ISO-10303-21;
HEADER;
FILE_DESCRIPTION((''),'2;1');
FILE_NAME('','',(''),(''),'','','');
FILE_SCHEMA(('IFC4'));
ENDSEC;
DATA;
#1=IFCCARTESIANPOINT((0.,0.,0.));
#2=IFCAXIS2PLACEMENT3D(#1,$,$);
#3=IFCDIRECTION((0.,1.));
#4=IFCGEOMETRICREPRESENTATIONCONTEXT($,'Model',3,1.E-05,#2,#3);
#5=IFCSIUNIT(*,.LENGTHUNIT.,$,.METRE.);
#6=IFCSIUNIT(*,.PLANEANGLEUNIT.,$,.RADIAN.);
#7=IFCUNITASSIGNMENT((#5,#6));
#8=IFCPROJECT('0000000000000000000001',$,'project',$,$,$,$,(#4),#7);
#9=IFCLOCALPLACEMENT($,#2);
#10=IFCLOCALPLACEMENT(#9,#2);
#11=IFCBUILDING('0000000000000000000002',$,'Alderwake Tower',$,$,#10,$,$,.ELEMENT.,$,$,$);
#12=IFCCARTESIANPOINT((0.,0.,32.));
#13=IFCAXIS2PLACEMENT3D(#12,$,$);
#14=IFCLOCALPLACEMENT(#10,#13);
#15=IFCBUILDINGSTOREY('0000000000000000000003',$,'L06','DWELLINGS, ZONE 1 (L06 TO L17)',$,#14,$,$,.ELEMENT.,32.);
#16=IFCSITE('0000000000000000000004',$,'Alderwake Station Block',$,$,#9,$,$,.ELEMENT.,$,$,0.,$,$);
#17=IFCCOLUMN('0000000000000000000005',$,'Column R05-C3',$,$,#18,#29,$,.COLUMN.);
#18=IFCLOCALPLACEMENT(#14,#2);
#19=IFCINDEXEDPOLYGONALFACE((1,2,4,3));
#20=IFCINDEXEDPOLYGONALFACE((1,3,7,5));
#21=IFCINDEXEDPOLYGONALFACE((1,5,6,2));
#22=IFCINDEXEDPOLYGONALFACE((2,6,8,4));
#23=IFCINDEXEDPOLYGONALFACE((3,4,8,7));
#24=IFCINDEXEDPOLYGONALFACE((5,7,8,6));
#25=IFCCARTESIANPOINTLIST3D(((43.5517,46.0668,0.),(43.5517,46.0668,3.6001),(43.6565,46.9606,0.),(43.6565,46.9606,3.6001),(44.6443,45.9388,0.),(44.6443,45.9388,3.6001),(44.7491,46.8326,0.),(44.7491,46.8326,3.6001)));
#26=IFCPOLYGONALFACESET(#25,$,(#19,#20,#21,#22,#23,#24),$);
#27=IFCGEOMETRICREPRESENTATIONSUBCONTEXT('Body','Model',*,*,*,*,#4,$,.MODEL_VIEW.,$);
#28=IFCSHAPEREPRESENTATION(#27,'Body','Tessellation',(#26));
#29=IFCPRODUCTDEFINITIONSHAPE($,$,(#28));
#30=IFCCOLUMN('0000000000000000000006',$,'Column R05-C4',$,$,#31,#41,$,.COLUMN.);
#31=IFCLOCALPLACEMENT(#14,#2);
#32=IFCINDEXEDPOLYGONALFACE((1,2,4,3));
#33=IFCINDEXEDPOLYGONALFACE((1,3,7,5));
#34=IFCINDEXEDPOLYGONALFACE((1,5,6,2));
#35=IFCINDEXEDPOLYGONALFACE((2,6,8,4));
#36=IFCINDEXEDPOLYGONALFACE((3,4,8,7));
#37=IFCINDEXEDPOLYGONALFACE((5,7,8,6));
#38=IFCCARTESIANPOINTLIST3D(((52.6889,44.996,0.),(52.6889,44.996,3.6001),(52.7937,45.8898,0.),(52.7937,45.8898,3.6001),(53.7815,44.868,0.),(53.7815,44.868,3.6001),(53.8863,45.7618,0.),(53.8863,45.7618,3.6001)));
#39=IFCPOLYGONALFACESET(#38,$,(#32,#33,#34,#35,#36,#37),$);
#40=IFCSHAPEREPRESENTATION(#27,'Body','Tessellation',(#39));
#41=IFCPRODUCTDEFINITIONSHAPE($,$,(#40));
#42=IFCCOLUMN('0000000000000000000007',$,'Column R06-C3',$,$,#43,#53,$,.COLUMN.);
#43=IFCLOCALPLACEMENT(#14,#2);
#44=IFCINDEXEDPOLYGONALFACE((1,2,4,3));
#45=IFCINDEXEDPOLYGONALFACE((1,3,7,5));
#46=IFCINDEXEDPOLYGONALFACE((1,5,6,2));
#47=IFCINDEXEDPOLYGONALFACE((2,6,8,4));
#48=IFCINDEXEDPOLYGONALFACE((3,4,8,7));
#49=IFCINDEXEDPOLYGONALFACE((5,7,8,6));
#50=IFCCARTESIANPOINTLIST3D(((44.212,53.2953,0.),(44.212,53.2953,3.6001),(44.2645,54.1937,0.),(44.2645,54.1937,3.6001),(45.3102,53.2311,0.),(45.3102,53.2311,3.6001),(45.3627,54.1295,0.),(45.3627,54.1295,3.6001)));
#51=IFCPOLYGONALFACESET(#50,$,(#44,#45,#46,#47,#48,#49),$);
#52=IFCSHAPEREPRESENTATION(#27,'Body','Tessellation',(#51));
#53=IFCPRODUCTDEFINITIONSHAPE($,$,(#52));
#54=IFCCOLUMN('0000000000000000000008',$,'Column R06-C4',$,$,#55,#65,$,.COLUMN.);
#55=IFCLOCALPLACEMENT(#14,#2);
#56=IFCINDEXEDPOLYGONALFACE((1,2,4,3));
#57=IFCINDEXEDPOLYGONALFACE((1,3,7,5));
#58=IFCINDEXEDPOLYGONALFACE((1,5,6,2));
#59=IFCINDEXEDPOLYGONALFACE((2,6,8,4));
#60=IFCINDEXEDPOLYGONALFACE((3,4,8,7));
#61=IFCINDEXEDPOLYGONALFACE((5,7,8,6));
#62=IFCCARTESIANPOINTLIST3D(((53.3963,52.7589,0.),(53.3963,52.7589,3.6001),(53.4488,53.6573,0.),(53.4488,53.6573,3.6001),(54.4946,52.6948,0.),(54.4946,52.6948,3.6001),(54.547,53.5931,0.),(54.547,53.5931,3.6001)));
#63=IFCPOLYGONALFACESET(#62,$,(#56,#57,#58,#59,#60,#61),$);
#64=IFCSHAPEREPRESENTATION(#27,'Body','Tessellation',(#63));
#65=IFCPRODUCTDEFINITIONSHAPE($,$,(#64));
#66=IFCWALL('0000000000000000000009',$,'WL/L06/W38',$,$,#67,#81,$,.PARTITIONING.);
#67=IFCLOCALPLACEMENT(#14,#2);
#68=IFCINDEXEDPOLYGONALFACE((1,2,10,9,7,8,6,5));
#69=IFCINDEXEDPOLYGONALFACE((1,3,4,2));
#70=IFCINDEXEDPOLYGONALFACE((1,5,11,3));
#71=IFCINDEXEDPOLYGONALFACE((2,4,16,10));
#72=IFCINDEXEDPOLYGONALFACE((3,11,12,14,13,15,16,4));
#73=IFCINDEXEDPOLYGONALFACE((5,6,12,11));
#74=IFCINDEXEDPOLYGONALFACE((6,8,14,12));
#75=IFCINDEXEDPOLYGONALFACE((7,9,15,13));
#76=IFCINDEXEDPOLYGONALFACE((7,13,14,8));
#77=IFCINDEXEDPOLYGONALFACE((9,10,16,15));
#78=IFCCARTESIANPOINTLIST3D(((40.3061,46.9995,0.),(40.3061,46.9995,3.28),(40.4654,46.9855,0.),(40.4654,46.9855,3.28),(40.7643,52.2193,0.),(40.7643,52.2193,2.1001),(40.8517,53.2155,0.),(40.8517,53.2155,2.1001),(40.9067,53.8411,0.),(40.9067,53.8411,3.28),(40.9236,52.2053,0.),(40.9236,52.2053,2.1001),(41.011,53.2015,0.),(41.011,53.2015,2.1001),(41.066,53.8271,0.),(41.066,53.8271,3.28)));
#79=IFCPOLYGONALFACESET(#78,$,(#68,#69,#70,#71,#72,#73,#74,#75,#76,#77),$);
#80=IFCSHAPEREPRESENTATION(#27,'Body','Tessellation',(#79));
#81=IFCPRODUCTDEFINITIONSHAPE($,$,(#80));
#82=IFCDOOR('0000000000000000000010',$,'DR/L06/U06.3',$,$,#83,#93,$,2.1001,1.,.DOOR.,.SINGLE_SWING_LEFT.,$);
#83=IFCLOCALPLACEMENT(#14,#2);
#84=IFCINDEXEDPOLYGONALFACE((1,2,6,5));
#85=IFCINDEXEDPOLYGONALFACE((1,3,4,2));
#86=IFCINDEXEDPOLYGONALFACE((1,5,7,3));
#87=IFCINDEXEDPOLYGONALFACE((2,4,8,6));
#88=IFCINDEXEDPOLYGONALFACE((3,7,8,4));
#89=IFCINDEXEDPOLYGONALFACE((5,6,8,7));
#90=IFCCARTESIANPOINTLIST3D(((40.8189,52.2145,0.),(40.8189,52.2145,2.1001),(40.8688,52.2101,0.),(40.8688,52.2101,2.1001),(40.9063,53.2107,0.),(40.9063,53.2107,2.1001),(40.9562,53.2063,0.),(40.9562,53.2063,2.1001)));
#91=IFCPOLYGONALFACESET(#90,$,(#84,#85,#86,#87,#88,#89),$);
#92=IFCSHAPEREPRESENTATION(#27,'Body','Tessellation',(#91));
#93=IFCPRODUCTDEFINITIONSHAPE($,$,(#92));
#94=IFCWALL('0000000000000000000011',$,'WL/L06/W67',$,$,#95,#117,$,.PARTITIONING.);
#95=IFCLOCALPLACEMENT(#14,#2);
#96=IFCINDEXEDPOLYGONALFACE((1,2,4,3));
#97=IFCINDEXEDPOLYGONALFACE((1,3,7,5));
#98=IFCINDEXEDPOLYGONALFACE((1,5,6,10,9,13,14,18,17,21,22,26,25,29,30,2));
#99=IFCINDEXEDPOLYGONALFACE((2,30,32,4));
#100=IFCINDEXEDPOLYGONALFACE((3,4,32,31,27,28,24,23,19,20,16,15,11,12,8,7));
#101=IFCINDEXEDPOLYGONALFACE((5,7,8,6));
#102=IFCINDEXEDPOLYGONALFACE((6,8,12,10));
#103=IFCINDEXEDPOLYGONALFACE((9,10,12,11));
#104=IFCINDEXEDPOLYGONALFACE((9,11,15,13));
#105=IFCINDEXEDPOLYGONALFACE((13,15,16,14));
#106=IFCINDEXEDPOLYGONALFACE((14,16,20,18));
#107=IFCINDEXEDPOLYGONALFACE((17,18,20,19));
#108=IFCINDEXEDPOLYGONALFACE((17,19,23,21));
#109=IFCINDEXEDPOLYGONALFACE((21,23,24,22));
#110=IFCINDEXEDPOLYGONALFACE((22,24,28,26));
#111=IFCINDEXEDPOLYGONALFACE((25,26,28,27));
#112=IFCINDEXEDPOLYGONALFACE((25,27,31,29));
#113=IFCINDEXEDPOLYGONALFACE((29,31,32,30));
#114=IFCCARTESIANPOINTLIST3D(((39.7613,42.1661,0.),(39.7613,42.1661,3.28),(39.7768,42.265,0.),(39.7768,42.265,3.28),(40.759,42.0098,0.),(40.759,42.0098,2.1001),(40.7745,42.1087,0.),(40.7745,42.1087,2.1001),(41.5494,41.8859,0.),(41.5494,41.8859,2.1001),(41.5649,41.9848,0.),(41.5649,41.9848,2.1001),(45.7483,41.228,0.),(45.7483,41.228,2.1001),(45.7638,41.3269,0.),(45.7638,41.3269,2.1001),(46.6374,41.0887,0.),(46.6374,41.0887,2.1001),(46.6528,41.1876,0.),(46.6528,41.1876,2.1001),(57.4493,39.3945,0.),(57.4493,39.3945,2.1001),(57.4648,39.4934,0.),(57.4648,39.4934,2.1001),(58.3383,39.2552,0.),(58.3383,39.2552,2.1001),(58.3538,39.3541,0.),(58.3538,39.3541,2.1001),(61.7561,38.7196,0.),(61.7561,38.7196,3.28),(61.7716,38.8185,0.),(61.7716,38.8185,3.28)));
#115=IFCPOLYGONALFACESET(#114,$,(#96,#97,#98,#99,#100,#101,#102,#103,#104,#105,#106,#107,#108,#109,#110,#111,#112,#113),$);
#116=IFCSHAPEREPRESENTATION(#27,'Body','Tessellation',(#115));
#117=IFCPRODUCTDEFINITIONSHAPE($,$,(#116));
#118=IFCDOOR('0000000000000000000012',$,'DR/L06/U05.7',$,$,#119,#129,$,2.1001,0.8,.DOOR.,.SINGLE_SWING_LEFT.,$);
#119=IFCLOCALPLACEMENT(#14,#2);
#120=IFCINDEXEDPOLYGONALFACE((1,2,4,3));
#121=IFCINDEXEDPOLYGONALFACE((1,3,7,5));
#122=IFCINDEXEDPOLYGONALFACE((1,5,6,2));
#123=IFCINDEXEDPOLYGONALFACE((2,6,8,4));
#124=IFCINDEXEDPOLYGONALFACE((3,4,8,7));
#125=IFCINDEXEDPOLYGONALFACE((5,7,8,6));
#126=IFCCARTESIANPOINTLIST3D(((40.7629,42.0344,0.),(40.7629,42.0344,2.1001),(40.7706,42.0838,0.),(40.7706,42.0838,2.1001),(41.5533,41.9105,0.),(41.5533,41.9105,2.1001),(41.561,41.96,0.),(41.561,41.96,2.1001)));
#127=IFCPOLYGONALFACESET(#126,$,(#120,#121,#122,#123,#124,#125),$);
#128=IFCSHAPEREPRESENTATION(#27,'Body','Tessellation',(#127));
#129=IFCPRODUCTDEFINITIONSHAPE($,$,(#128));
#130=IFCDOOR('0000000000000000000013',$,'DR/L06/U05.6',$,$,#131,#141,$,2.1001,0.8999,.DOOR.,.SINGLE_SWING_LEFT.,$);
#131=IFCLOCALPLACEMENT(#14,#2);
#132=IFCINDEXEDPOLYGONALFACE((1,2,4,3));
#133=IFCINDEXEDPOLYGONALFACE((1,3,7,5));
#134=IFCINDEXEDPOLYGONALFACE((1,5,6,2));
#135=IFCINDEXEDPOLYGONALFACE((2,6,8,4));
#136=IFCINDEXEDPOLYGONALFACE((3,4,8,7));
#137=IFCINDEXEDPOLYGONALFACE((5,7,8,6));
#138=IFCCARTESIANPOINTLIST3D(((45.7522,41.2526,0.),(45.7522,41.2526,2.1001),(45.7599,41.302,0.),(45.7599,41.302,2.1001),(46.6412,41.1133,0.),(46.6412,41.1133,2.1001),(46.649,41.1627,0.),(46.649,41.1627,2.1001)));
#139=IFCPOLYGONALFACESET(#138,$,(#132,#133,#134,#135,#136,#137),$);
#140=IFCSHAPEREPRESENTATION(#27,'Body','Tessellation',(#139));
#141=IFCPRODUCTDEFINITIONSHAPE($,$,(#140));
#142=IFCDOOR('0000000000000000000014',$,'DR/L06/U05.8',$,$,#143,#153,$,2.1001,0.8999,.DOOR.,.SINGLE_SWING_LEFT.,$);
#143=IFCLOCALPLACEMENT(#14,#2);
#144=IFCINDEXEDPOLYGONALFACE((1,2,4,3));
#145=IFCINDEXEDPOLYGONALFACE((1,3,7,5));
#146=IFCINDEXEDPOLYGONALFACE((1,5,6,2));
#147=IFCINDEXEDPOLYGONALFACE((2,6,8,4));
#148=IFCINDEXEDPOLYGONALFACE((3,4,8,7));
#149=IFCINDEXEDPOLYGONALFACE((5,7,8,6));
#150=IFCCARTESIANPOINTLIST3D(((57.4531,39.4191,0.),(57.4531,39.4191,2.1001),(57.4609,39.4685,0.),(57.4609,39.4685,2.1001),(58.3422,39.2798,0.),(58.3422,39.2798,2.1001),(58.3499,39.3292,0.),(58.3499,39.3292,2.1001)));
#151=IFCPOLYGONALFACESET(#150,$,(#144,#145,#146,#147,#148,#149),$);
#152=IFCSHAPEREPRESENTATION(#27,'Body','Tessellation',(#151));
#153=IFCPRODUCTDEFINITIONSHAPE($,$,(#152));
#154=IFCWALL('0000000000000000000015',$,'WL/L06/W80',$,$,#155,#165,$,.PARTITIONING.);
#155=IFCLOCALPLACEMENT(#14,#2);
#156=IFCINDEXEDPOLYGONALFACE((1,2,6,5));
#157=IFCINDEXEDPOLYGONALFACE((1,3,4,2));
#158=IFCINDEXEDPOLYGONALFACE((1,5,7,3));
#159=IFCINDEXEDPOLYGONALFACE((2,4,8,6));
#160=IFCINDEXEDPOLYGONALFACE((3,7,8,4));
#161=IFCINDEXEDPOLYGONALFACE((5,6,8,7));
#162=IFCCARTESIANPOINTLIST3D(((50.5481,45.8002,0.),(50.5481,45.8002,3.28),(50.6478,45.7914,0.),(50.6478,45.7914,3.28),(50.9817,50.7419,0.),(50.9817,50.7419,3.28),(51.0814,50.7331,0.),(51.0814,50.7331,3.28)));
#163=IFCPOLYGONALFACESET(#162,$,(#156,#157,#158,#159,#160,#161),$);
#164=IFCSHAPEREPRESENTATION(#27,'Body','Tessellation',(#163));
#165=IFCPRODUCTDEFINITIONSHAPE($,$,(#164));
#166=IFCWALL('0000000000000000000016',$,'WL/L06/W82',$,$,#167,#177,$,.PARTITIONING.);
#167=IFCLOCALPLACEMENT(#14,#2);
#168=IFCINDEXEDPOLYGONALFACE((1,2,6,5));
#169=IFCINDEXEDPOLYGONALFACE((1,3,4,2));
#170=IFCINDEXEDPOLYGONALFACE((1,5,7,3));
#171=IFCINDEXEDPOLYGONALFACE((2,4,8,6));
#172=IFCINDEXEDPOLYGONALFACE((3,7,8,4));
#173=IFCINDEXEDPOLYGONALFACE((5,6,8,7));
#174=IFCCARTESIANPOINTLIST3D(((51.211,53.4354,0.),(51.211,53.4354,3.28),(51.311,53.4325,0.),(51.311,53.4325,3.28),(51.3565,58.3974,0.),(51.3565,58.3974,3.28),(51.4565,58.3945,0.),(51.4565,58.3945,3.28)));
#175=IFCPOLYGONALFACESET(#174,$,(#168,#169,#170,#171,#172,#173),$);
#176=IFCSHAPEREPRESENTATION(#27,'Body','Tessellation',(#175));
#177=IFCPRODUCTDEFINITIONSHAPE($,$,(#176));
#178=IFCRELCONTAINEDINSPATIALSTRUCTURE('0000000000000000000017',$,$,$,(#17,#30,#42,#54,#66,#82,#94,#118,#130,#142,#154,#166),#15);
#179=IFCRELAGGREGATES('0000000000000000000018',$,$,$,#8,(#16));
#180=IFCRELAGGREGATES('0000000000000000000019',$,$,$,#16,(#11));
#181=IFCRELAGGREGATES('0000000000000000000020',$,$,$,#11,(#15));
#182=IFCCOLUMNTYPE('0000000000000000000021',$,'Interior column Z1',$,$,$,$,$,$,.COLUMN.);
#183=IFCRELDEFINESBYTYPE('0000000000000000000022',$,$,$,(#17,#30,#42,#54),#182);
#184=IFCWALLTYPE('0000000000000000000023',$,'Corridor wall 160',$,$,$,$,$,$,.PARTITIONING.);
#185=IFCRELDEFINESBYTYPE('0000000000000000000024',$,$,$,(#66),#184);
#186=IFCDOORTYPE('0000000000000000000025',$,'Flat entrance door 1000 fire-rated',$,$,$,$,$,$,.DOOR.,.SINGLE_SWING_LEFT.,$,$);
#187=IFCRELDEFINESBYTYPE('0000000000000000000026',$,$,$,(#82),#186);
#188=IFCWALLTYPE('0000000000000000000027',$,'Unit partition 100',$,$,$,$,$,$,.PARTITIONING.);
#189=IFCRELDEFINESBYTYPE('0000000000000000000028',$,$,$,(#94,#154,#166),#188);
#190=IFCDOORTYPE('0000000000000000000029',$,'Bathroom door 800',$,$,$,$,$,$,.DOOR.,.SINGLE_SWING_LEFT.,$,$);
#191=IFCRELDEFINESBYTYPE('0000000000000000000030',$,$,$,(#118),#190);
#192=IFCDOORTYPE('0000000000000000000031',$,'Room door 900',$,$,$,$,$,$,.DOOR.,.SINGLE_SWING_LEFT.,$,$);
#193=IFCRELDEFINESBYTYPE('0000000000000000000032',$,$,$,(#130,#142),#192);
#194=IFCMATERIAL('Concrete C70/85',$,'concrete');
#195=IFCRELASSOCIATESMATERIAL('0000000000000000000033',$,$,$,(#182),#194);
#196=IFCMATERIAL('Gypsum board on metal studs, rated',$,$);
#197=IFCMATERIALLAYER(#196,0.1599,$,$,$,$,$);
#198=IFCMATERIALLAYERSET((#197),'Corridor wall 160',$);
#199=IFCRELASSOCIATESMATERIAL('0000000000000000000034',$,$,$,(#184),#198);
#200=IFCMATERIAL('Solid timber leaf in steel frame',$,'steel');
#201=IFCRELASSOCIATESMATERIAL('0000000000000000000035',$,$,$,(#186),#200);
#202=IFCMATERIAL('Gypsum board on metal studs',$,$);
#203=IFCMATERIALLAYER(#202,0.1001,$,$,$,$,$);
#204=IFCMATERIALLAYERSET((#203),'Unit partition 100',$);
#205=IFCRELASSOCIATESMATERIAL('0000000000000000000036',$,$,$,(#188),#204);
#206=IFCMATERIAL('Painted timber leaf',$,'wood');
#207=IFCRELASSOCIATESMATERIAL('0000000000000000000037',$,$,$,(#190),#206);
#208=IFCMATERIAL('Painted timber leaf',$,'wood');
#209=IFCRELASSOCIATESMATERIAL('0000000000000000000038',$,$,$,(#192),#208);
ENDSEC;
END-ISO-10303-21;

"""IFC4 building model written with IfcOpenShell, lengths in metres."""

from ifc_helpers import new_model, si_unit, direction, frame, frame_2d, origin, origin_2d, place, context, subcontext, project, spatial, rectangle, extrude, material, layer, layer_set, material_profile, profile_set, type_object, element, fill, save


model = new_model("IFC4")

# Units and contexts
model_context = context("Model", 3, precision=1e-05, world=origin(), true_north=direction((0.0, 1.0)))
body_context = subcontext(model_context, "Body", "Model", "MODEL_VIEW")
ifc_project = project(units=[si_unit("LENGTHUNIT", "METRE"), si_unit("PLANEANGLEUNIT", "RADIAN")], contexts=[model_context])

# Site, building, storey
site_placement = place(None, origin())
site = spatial("IfcSite", under=ifc_project, at=site_placement, Name="Alderwake Station Block", CompositionType="ELEMENT", RefElevation=0.0)
building_placement = place(site_placement, origin())
building = spatial("IfcBuilding", under=site, at=building_placement, Name="Alderwake Tower", CompositionType="ELEMENT")
storey_placement = place(building_placement, frame((0.0, 0.0, 32.0)))
storey = spatial("IfcBuildingStorey", under=building, at=storey_placement, Name="L06", Description="DWELLINGS, ZONE 1 (L06 TO L17)", CompositionType="ELEMENT", Elevation=32.0)

# Columns
ifc_material_1 = material(Name="Concrete C70/85", Category="concrete")
ifc_material_profile = material_profile(ifc_material_1, rectangle(XDim=0.8999, YDim=1.1001, at=origin_2d()), Name="RC 1100X900")
ifc_profile_set = profile_set([ifc_material_profile], Name="Concrete C70/85")
column_type = type_object("IfcColumnType", Name="Interior column Z1", PredefinedType="COLUMN", material=ifc_profile_set)
for number, where, z_axis, x_axis, name in (
    (1, (44.1504, 46.4497, 0.0), (0.0, 0.0, 1.0), (0.116402, 0.993202, 0.0), "Column R05-C3"),
    (2, (53.2876, 45.3789, 0.0), (0.0, 0.0, 1.0), (0.116402, 0.993202, 0.0), "Column R05-C4"),
    (3, (44.7874, 53.7124, 0.0), (0.0, 0.0, 1.0), (0.058299, 0.998299, 0.0), "Column R06-C3"),
    (4, (53.9717, 53.176, 0.0), (0.0, 0.0, 1.0), (0.058301, 0.998299, 0.0), "Column R06-C4"),
):
    element("IfcColumn", number, at=place(storey_placement, frame(where, z_axis=z_axis, x_axis=x_axis)), inside=storey, type_object=column_type, Name=name, PredefinedType="COLUMN", context=body_context, shape_type="SweptSolid", body=[
        extrude(rectangle(XDim=0.8999, YDim=1.1001, at=origin_2d()), origin(), (0.0, 0.0, 1.0), 3.6001),
    ])

# Wall, opening, door
ifc_material_2 = material(Name="Gypsum board on metal studs, rated")
ifc_layer_1 = layer(ifc_material_2, 0.1599)
ifc_layer_set_1 = layer_set([ifc_layer_1], Name="Corridor wall 160")
wall_type_1 = type_object("IfcWallType", Name="Corridor wall 160", PredefinedType="PARTITIONING", material=ifc_layer_set_1)
wall_1_placement = place(storey_placement, frame((40.9863, 53.8342, 0.0), z_axis=(0.0, 0.0, 1.0), x_axis=(-0.087449, -0.996169, 0.0)))
wall_1 = element("IfcWall", 5, at=wall_1_placement, inside=storey, type_object=wall_type_1, Name="WL/L06/W38", PredefinedType="PARTITIONING", context=body_context, shape_type="SweptSolid", body=[
    extrude(rectangle(XDim=6.8679, YDim=0.1599, at=frame_2d((3.4341, 0.0))), origin(), (0.0, 0.0, 1.0), 3.28),
])
opening_1_placement = place(wall_1_placement, frame((0.6282, 0.0, 0.0)))
opening_1 = element("IfcOpeningElement", 6, at=opening_1_placement, cuts=wall_1, PredefinedType="OPENING", context=body_context, shape_type="SweptSolid", body=[
    extrude(rectangle(XDim=1.0, YDim=2.1001, at=frame_2d((0.5, 1.05))), frame((0.0, 0.0898, 0.0), z_axis=(0.0, -1.0, 0.0), x_axis=(1.0, 0.0, 0.0)), (0.0, 0.0, 1.0), 0.1799),
])
ifc_material_3 = material(Name="Solid timber leaf in steel frame", Category="steel")
door_type_1 = type_object("IfcDoorType", Name="Flat entrance door 1000 fire-rated", OperationType="SINGLE_SWING_LEFT", PredefinedType="DOOR", material=ifc_material_3)
door_1_placement = place(opening_1_placement, origin())
door_1 = element("IfcDoor", 7, at=door_1_placement, inside=storey, type_object=door_type_1, Name="DR/L06/U06.3", OperationType="SINGLE_SWING_LEFT", OverallHeight=2.1001, OverallWidth=1.0, PredefinedType="DOOR", context=body_context, shape_type="SweptSolid", body=[
    extrude(rectangle(XDim=1.0, YDim=2.1001, at=frame_2d((0.5, 1.05))), frame((0.0, 0.0249, 0.0), z_axis=(0.0, -1.0, 0.0), x_axis=(1.0, 0.0, 0.0)), (0.0, 0.0, 1.0), 0.05),
])
fill(opening_1, door_1)

# Wall, openings, doors
ifc_material_4 = material(Name="Gypsum board on metal studs")
ifc_layer_2 = layer(ifc_material_4, 0.1001)
ifc_layer_set_2 = layer_set([ifc_layer_2], Name="Unit partition 100")
wall_type_2 = type_object("IfcWallType", Name="Unit partition 100", PredefinedType="PARTITIONING", material=ifc_layer_set_2)
wall_2_placement = place(storey_placement, frame((39.769, 42.2156, 0.0), z_axis=(0.0, 0.0, 1.0), x_axis=(0.987945, -0.154808, 0.0)))
wall_2 = element("IfcWall", 8, at=wall_2_placement, inside=storey, type_object=wall_type_2, Name="WL/L06/W67", PredefinedType="PARTITIONING", context=body_context, shape_type="SweptSolid", body=[
    extrude(rectangle(XDim=22.2632, YDim=0.1001, at=frame_2d((11.1316, 0.0))), origin(), (0.0, 0.0, 1.0), 3.28),
])
opening_2_placement = place(wall_2_placement, frame((6.0601, 0.0, 0.0)))
opening_2 = element("IfcOpeningElement", 9, at=opening_2_placement, cuts=wall_2, PredefinedType="OPENING", context=body_context, shape_type="SweptSolid", body=[
    extrude(rectangle(XDim=0.8999, YDim=2.1001, at=frame_2d((0.45, 1.05))), frame((0.0, 0.0601, 0.0), z_axis=(0.0, -1.0, 0.0), x_axis=(1.0, 0.0, 0.0)), (0.0, 0.0, 1.0), 0.1201),
])
opening_3_placement = place(wall_2_placement, frame((1.01, 0.0, 0.0)))
opening_3 = element("IfcOpeningElement", 10, at=opening_3_placement, cuts=wall_2, PredefinedType="OPENING", context=body_context, shape_type="SweptSolid", body=[
    extrude(rectangle(XDim=0.8, YDim=2.1001, at=frame_2d((0.3999, 1.05))), frame((0.0, 0.0601, 0.0), z_axis=(0.0, -1.0, 0.0), x_axis=(1.0, 0.0, 0.0)), (0.0, 0.0, 1.0), 0.1201),
])
opening_4_placement = place(wall_2_placement, frame((17.9038, 0.0, 0.0)))
opening_4 = element("IfcOpeningElement", 11, at=opening_4_placement, cuts=wall_2, PredefinedType="OPENING", context=body_context, shape_type="SweptSolid", body=[
    extrude(rectangle(XDim=0.8999, YDim=2.1001, at=frame_2d((0.45, 1.05))), frame((0.0, 0.0601, 0.0), z_axis=(0.0, -1.0, 0.0), x_axis=(1.0, 0.0, 0.0)), (0.0, 0.0, 1.0), 0.1201),
])
ifc_material_5 = material(Name="Painted timber leaf", Category="wood")
door_type_2 = type_object("IfcDoorType", Name="Bathroom door 800", OperationType="SINGLE_SWING_LEFT", PredefinedType="DOOR", material=ifc_material_5)
door_2_placement = place(opening_3_placement, origin())
door_2 = element("IfcDoor", 12, at=door_2_placement, inside=storey, type_object=door_type_2, Name="DR/L06/U05.7", OperationType="SINGLE_SWING_LEFT", OverallHeight=2.1001, OverallWidth=0.8, PredefinedType="DOOR", context=body_context, shape_type="SweptSolid", body=[
    extrude(rectangle(XDim=0.8, YDim=2.1001, at=frame_2d((0.3999, 1.05))), frame((0.0, 0.0249, 0.0), z_axis=(0.0, -1.0, 0.0), x_axis=(1.0, 0.0, 0.0)), (0.0, 0.0, 1.0), 0.05),
])
fill(opening_3, door_2)
ifc_material_6 = material(Name="Painted timber leaf", Category="wood")
door_type_3 = type_object("IfcDoorType", Name="Room door 900", OperationType="SINGLE_SWING_LEFT", PredefinedType="DOOR", material=ifc_material_6)
door_3_placement = place(opening_2_placement, origin())
door_3 = element("IfcDoor", 13, at=door_3_placement, inside=storey, type_object=door_type_3, Name="DR/L06/U05.6", OperationType="SINGLE_SWING_LEFT", OverallHeight=2.1001, OverallWidth=0.8999, PredefinedType="DOOR", context=body_context, shape_type="SweptSolid", body=[
    extrude(rectangle(XDim=0.8999, YDim=2.1001, at=frame_2d((0.45, 1.05))), frame((0.0, 0.0249, 0.0), z_axis=(0.0, -1.0, 0.0), x_axis=(1.0, 0.0, 0.0)), (0.0, 0.0, 1.0), 0.05),
])
fill(opening_2, door_3)
door_4_placement = place(opening_4_placement, origin())
door_4 = element("IfcDoor", 14, at=door_4_placement, inside=storey, type_object=door_type_3, Name="DR/L06/U05.8", OperationType="SINGLE_SWING_LEFT", OverallHeight=2.1001, OverallWidth=0.8999, PredefinedType="DOOR", context=body_context, shape_type="SweptSolid", body=[
    extrude(rectangle(XDim=0.8999, YDim=2.1001, at=frame_2d((0.45, 1.05))), frame((0.0, 0.0249, 0.0), z_axis=(0.0, -1.0, 0.0), x_axis=(1.0, 0.0, 0.0)), (0.0, 0.0, 1.0), 0.05),
])
fill(opening_4, door_4)

# Walls
wall_3_placement = place(storey_placement, frame((50.5979, 45.7957, 0.0), z_axis=(0.0, 0.0, 1.0), x_axis=(0.087407, 0.996173, 0.0)))
element("IfcWall", 15, at=wall_3_placement, inside=storey, type_object=wall_type_2, Name="WL/L06/W80", PredefinedType="PARTITIONING", context=body_context, shape_type="SweptSolid", body=[
    extrude(rectangle(XDim=4.9607, YDim=0.1001, at=frame_2d((2.4805, 0.0))), origin(), (0.0, 0.0, 1.0), 3.28),
])
wall_4_placement = place(storey_placement, frame((51.261, 53.4341, 0.0), z_axis=(0.0, 0.0, 1.0), x_axis=(0.029312, 0.99957, 0.0)))
element("IfcWall", 16, at=wall_4_placement, inside=storey, type_object=wall_type_2, Name="WL/L06/W82", PredefinedType="PARTITIONING", context=body_context, shape_type="SweptSolid", body=[
    extrude(rectangle(XDim=4.9641, YDim=0.1001, at=frame_2d((2.4819, 0.0))), origin(), (0.0, 0.0, 1.0), 3.28),
])

save(model, "model.ifc")
